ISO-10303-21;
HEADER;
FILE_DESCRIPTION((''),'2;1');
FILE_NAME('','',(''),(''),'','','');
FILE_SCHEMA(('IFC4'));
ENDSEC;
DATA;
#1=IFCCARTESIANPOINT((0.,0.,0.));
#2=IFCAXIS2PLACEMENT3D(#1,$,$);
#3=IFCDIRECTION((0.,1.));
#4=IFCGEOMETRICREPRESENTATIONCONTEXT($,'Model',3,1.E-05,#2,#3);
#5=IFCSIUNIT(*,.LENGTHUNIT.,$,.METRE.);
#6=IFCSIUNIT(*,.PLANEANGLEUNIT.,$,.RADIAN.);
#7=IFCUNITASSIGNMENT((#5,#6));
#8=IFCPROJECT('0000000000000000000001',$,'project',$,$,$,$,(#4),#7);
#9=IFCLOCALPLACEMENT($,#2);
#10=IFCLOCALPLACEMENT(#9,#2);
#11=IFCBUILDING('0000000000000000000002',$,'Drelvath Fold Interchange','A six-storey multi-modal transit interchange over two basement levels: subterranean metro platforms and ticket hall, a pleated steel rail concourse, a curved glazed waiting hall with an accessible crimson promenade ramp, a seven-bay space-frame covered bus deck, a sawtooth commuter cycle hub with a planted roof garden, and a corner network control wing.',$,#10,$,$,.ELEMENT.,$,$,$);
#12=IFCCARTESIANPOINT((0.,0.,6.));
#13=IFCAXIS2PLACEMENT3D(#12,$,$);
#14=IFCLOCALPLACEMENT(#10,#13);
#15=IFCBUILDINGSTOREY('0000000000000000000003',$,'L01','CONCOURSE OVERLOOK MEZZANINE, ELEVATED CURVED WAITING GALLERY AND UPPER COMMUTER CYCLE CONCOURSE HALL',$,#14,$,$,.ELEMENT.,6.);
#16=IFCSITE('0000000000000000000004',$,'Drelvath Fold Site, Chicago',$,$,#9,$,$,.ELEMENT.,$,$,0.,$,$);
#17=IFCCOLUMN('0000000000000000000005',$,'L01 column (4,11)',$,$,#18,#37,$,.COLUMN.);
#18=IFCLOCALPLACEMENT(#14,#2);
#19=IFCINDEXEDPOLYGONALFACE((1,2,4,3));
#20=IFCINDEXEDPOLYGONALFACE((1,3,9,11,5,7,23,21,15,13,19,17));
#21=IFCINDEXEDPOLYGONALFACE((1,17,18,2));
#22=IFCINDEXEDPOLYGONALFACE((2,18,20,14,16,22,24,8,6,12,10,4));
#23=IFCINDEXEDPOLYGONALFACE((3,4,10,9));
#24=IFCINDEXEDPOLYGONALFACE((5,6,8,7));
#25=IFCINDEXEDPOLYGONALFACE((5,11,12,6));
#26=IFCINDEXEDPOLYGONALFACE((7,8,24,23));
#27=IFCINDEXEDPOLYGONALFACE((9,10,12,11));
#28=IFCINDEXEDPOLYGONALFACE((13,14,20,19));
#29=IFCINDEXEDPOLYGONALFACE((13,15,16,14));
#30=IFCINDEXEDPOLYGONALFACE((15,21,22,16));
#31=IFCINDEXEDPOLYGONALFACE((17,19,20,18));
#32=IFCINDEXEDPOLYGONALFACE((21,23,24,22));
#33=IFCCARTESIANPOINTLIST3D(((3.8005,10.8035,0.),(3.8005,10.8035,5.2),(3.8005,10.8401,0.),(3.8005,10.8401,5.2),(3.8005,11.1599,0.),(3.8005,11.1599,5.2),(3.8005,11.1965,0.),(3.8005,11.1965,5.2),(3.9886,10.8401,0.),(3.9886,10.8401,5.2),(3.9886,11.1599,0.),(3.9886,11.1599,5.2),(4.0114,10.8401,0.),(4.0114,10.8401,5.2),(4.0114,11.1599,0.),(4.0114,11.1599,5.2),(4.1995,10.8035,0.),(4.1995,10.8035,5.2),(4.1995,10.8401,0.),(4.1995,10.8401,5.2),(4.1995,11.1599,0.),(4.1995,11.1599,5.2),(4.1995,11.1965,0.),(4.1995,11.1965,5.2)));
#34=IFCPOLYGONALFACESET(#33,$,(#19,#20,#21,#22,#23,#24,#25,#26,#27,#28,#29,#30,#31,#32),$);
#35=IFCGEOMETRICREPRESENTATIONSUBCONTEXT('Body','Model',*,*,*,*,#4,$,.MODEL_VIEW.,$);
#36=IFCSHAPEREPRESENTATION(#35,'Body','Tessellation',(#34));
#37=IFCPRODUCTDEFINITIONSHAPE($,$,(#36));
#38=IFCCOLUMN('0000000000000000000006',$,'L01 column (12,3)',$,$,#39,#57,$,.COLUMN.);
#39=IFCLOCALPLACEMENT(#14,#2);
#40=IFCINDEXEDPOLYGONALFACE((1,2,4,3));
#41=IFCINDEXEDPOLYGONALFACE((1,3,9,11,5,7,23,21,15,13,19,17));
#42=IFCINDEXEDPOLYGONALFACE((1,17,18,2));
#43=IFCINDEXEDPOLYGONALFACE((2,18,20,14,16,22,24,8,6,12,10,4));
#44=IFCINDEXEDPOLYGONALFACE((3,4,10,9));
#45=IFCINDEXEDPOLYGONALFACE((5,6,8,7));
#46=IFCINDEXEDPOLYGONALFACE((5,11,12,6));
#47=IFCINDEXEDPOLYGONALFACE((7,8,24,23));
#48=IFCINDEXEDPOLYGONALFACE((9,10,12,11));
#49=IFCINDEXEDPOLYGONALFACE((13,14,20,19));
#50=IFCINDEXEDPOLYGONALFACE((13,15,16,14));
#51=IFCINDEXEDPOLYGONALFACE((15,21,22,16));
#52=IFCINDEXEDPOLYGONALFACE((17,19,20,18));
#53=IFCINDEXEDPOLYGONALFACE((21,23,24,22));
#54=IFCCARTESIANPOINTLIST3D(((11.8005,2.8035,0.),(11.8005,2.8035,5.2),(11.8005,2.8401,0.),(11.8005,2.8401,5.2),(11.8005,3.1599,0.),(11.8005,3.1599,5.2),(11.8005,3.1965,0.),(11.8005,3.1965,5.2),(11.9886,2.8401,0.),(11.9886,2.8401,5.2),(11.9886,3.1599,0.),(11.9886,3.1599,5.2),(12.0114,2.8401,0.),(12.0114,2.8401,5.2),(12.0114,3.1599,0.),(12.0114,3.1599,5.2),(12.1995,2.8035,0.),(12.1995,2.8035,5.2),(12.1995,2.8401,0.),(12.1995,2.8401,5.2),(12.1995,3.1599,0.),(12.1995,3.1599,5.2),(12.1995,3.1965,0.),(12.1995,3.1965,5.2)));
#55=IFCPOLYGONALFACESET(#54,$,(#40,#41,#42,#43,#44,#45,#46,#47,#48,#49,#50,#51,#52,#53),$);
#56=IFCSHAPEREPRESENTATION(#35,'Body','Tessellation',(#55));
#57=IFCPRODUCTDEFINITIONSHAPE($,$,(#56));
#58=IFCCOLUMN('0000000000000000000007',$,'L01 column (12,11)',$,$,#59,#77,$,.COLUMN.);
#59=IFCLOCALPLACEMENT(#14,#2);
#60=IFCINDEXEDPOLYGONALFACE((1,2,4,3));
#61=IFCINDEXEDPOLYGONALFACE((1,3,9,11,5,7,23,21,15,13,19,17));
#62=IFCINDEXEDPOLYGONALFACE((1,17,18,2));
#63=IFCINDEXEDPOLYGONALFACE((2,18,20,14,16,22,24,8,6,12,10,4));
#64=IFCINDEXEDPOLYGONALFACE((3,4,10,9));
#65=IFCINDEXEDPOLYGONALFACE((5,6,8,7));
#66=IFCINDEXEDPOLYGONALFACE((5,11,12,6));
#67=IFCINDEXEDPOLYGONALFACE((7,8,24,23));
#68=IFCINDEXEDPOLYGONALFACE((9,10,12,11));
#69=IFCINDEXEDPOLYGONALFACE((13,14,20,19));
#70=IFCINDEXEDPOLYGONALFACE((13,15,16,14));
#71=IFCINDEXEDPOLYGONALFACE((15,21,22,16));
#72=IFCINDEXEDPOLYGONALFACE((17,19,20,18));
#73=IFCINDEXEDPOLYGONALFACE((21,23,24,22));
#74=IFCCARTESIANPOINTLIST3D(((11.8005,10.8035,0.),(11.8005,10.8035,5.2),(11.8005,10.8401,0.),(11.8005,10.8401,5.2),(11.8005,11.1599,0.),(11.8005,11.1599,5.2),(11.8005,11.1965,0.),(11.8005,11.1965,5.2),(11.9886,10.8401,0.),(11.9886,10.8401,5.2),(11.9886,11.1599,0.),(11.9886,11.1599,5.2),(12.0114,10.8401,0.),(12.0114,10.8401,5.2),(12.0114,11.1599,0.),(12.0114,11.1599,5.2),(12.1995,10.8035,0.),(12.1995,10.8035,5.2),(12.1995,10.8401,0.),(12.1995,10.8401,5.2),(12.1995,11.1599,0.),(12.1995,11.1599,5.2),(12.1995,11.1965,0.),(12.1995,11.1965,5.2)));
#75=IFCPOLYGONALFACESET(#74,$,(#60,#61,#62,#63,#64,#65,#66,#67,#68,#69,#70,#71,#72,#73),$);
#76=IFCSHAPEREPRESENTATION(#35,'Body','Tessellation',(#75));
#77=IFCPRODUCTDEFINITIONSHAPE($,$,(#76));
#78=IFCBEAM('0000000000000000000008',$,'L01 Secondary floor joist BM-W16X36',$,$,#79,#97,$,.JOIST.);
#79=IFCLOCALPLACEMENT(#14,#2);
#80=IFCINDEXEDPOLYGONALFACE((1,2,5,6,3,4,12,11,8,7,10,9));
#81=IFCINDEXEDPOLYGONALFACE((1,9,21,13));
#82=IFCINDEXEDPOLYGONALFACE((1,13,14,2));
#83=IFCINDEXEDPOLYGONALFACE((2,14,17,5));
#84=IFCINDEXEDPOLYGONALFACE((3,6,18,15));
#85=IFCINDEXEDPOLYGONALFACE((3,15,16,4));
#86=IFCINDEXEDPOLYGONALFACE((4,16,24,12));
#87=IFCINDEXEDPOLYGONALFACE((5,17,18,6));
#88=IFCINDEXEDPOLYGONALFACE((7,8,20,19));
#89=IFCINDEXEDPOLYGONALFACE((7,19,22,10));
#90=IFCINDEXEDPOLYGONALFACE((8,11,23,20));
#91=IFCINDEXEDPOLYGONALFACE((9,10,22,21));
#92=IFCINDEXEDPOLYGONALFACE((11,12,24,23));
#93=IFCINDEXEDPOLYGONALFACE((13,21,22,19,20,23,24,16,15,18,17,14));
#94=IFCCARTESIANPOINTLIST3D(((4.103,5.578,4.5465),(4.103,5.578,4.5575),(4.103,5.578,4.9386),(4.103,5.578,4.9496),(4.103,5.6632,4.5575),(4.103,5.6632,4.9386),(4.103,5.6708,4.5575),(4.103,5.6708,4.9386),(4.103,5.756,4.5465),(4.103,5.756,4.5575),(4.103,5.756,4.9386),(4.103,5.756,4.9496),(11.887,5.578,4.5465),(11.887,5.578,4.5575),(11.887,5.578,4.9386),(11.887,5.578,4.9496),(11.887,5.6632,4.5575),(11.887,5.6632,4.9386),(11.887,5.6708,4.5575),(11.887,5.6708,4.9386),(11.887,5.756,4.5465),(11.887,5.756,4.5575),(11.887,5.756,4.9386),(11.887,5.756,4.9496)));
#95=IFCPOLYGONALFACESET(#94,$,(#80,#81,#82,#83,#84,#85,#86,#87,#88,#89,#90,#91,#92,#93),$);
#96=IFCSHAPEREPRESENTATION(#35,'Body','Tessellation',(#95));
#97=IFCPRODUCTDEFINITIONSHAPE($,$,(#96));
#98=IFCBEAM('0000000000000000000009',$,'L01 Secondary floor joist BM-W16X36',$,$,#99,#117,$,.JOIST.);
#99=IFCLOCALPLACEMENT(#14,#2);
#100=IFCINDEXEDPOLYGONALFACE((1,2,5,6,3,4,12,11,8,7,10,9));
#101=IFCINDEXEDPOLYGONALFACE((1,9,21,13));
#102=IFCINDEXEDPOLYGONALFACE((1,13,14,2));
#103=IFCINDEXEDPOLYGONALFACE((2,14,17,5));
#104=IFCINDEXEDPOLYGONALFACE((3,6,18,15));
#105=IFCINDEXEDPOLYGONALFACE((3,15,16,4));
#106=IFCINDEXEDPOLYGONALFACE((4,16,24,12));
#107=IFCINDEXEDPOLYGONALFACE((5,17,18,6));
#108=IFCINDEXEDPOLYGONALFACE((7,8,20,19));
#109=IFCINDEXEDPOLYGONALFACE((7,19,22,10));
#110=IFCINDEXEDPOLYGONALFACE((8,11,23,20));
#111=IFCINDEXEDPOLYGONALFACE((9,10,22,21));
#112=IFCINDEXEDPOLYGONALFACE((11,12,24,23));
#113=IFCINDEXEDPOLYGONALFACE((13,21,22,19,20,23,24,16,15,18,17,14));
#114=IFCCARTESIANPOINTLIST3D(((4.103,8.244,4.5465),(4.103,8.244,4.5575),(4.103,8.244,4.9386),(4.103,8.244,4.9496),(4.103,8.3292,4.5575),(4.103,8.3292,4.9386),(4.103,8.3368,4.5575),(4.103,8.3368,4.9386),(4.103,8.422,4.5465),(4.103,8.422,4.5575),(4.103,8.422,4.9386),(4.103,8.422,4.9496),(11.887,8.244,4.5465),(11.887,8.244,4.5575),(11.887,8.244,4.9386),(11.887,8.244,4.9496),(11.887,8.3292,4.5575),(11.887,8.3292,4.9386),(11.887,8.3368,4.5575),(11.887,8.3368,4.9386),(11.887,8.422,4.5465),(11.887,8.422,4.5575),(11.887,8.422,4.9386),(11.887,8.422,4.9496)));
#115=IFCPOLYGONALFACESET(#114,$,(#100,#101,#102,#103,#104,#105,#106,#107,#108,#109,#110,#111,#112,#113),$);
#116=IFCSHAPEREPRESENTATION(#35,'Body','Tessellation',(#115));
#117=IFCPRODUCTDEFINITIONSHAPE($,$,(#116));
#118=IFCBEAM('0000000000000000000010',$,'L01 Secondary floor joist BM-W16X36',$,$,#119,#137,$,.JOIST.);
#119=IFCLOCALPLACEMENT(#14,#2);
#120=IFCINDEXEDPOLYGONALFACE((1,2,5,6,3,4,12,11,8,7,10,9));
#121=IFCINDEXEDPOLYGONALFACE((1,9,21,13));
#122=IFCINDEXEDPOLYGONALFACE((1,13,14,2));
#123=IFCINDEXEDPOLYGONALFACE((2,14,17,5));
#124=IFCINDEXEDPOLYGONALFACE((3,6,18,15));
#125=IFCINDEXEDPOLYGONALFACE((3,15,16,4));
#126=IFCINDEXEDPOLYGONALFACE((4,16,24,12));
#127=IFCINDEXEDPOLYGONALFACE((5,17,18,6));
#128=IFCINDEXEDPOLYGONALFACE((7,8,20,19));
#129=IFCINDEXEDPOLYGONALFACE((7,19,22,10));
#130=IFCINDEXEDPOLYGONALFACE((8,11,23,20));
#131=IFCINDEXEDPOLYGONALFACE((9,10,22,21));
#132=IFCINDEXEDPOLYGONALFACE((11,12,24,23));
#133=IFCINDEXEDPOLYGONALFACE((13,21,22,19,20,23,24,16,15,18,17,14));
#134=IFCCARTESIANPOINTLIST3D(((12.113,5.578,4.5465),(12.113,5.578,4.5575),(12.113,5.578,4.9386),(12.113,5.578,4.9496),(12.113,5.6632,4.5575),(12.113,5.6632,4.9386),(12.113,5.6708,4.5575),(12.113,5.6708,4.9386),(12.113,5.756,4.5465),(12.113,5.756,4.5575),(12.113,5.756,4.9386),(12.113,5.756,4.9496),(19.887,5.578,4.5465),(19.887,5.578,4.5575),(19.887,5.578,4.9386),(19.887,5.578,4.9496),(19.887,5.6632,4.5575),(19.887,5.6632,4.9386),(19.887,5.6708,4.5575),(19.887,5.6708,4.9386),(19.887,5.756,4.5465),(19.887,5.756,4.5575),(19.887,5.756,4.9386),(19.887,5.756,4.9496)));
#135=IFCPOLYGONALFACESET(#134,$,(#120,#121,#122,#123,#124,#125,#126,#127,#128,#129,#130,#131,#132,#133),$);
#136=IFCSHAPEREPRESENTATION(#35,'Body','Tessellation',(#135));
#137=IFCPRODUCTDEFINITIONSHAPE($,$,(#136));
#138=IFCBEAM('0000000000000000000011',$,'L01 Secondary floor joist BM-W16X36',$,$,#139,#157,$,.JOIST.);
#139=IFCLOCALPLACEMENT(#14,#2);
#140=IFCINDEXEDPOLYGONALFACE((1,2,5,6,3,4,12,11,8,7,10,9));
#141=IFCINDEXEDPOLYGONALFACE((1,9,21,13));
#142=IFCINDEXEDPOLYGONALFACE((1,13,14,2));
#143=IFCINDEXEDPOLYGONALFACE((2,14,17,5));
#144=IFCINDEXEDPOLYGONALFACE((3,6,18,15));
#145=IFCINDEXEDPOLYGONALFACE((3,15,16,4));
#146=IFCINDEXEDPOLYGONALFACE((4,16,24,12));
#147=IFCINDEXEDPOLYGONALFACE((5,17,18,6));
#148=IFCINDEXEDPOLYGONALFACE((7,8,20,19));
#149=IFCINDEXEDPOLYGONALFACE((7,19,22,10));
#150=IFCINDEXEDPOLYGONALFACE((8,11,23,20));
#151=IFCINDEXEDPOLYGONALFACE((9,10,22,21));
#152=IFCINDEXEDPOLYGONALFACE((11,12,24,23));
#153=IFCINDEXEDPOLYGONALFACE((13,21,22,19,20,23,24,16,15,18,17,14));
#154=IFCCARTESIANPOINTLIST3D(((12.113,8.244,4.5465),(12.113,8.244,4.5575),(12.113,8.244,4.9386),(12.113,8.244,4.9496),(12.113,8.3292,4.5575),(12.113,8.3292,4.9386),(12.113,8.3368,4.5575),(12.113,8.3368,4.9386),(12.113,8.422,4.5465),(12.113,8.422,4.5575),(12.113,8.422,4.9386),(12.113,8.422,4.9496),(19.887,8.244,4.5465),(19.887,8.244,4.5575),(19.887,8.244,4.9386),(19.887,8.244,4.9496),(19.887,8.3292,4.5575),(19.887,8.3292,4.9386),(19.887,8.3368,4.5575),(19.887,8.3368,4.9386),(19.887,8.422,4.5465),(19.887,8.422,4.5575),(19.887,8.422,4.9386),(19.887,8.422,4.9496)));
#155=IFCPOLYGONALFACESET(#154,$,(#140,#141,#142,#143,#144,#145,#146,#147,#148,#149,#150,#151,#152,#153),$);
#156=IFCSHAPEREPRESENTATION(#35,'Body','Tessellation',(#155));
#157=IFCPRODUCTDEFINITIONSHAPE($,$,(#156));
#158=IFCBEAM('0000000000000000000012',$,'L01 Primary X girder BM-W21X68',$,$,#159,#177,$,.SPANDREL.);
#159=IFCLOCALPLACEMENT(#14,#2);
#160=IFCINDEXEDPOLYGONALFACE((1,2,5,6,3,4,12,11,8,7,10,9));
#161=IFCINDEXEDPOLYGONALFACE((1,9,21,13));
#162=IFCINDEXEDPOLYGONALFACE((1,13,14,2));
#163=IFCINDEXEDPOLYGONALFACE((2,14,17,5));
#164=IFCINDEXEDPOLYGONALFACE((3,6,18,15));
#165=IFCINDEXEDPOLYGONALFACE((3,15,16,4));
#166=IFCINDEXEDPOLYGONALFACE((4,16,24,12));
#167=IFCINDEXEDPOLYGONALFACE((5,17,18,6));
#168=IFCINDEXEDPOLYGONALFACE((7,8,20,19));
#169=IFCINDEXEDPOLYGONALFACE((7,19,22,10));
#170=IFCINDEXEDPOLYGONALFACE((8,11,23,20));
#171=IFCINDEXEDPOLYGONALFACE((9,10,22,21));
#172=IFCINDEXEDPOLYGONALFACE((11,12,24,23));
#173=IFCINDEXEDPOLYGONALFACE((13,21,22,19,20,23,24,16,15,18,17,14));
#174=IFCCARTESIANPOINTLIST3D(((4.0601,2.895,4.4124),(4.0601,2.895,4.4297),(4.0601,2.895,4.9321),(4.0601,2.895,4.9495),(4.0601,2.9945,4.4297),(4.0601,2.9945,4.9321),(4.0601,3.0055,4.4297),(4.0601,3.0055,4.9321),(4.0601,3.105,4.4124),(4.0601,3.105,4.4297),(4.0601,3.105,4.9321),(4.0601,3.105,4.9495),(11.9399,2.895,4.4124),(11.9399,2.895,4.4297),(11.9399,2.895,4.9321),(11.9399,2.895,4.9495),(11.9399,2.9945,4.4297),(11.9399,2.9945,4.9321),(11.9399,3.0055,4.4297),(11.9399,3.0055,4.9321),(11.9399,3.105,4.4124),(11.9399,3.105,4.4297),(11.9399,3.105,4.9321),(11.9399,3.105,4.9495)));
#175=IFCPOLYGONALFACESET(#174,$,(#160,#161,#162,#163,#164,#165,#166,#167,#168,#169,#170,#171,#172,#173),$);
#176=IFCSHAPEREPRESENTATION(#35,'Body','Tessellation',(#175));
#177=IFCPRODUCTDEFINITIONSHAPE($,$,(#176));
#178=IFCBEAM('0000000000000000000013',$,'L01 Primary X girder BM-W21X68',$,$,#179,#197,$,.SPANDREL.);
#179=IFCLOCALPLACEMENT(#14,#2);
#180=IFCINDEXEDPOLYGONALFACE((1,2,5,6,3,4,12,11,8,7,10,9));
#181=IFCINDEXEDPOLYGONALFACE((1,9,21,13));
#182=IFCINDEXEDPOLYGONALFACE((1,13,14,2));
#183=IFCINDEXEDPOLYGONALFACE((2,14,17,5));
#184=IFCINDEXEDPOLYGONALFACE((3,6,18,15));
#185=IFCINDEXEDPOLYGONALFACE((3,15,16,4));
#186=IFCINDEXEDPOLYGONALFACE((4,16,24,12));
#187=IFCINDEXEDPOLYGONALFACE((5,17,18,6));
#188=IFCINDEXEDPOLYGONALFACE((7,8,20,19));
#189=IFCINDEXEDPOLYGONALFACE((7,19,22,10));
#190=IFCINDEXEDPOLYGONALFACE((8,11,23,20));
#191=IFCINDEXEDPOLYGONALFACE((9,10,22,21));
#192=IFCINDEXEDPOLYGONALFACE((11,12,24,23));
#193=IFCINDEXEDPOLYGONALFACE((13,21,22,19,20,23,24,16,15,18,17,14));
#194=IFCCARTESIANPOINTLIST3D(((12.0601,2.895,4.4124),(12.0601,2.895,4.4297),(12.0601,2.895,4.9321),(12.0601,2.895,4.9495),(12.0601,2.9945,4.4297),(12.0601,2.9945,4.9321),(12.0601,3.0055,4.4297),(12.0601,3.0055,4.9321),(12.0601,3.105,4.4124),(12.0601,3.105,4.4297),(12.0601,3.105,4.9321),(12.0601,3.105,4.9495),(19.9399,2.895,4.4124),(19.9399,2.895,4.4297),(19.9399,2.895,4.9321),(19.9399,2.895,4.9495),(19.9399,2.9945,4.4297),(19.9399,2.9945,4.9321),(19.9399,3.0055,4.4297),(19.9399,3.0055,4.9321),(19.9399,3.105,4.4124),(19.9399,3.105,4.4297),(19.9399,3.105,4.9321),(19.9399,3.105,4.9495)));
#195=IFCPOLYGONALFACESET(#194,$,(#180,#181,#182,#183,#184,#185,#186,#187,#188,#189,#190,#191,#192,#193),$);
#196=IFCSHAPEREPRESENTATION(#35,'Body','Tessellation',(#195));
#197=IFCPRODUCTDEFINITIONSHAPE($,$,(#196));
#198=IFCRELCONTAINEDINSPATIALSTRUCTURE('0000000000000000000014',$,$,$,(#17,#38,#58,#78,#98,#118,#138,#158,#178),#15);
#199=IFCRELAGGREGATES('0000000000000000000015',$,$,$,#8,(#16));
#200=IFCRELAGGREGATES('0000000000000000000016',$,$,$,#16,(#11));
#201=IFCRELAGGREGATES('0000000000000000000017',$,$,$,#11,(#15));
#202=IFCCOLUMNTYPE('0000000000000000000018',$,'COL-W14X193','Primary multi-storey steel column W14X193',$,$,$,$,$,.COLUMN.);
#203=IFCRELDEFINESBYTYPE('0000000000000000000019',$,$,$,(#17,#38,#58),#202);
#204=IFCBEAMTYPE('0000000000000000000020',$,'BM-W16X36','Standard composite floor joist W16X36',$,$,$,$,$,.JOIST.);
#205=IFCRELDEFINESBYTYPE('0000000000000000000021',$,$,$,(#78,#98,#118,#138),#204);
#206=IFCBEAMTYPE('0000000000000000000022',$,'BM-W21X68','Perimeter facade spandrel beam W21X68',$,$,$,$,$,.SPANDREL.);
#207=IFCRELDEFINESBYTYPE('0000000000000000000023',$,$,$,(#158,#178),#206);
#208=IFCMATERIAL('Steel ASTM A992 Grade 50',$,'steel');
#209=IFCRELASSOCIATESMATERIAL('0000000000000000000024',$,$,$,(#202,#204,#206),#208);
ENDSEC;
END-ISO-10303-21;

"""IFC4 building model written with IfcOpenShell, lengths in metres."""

from ifc_helpers import new_model, si_unit, direction, frame, origin, origin_2d, place, context, subcontext, project, spatial, i_section, extrude, material, material_profile, profile_set, type_object, element, save


model = new_model("IFC4")

# Units and contexts
model_context = context("Model", 3, precision=1e-05, world=origin(), true_north=direction((0.0, 1.0)))
body_context = subcontext(model_context, "Body", "Model", "MODEL_VIEW")
ifc_project = project(units=[si_unit("LENGTHUNIT", "METRE"), si_unit("PLANEANGLEUNIT", "RADIAN")], contexts=[model_context])

# Site, building, storey
site_placement = place(None, origin())
site = spatial("IfcSite", under=ifc_project, at=site_placement, Name="Drelvath Fold Site, Chicago", CompositionType="ELEMENT", RefElevation=0.0)
building_placement = place(site_placement, origin())
building = spatial("IfcBuilding", under=site, at=building_placement, Name="Drelvath Fold Interchange", Description="A six-storey multi-modal transit interchange over two basement levels: subterranean metro platforms and ticket hall, a pleated steel rail concourse, a curved glazed waiting hall with an accessible crimson promenade ramp, a seven-bay space-frame covered bus deck, a sawtooth commuter cycle hub with a planted roof garden, and a corner network control wing.", CompositionType="ELEMENT")
storey_placement = place(building_placement, frame((0.0, 0.0, 6.0)))
storey = spatial("IfcBuildingStorey", under=building, at=storey_placement, Name="L01", Description="CONCOURSE OVERLOOK MEZZANINE, ELEVATED CURVED WAITING GALLERY AND UPPER COMMUTER CYCLE CONCOURSE HALL", CompositionType="ELEMENT", Elevation=6.0)

# Columns
ifc_material_1 = material(Name="Steel ASTM A992 Grade 50", Category="steel")
ifc_material_profile_1 = material_profile(ifc_material_1, i_section(OverallWidth=0.3989, OverallDepth=0.3931, WebThickness=0.0227, FlangeThickness=0.0366, at=origin_2d()), Name="W14X193")
ifc_profile_set_1 = profile_set([ifc_material_profile_1], Name="Steel ASTM A992 Grade 50")
column_type = type_object("IfcColumnType", Name="COL-W14X193", Description="Primary multi-storey steel column W14X193", PredefinedType="COLUMN", material=ifc_profile_set_1)
for number, where, z_axis, x_axis, name in (
    (1, (4.0, 11.0, 0.0), (0.0, 0.0, 1.0), (1.0, 0.0, 0.0), "L01 column (4,11)"),
    (2, (12.0, 3.0, 0.0), (0.0, 0.0, 1.0), (1.0, 0.0, 0.0), "L01 column (12,3)"),
    (3, (12.0, 11.0, 0.0), (0.0, 0.0, 1.0), (1.0, 0.0, 0.0), "L01 column (12,11)"),
):
    element("IfcColumn", number, at=place(storey_placement, frame(where, z_axis=z_axis, x_axis=x_axis)), inside=storey, type_object=column_type, Name=name, PredefinedType="COLUMN", context=body_context, shape_type="SweptSolid", body=[
        extrude(i_section(OverallWidth=0.3989, OverallDepth=0.3931, WebThickness=0.0227, FlangeThickness=0.0366, at=origin_2d()), origin(), (0.0, 0.0, 1.0), 5.2),
    ])

# Beams
ifc_material_profile_2 = material_profile(ifc_material_1, i_section(OverallWidth=0.178, OverallDepth=0.4031, WebThickness=0.0076, FlangeThickness=0.011, at=origin_2d()), Name="W16X36")
ifc_profile_set_2 = profile_set([ifc_material_profile_2], Name="Steel ASTM A992 Grade 50")
beam_type_1 = type_object("IfcBeamType", Name="BM-W16X36", Description="Standard composite floor joist W16X36", PredefinedType="JOIST", material=ifc_profile_set_2)
for number, where, z_axis, x_axis, name in (
    (4, (4.103, 5.667, 4.748), (1.0, 0.0, 0.0), (0.0, 1.0, 0.0), "L01 Secondary floor joist BM-W16X36"),
    (5, (4.103, 8.333, 4.748), (1.0, 0.0, 0.0), (0.0, 1.0, 0.0), "L01 Secondary floor joist BM-W16X36"),
):
    element("IfcBeam", number, at=place(storey_placement, frame(where, z_axis=z_axis, x_axis=x_axis)), inside=storey, type_object=beam_type_1, Name=name, PredefinedType="JOIST", context=body_context, shape_type="SweptSolid", body=[
        extrude(i_section(OverallWidth=0.178, OverallDepth=0.4031, WebThickness=0.0076, FlangeThickness=0.011, at=origin_2d()), origin(), (0.0, 0.0, 1.0), 7.7839),
    ])
for number, where, z_axis, x_axis, name in (
    (6, (12.113, 5.667, 4.748), (1.0, 0.0, 0.0), (0.0, 1.0, 0.0), "L01 Secondary floor joist BM-W16X36"),
    (7, (12.113, 8.333, 4.748), (1.0, 0.0, 0.0), (0.0, 1.0, 0.0), "L01 Secondary floor joist BM-W16X36"),
):
    element("IfcBeam", number, at=place(storey_placement, frame(where, z_axis=z_axis, x_axis=x_axis)), inside=storey, type_object=beam_type_1, Name=name, PredefinedType="JOIST", context=body_context, shape_type="SweptSolid", body=[
        extrude(i_section(OverallWidth=0.178, OverallDepth=0.4031, WebThickness=0.0076, FlangeThickness=0.011, at=origin_2d()), origin(), (0.0, 0.0, 1.0), 7.7739),
    ])
ifc_material_profile_3 = material_profile(ifc_material_1, i_section(OverallWidth=0.21, OverallDepth=0.5371, WebThickness=0.011, FlangeThickness=0.0173, at=origin_2d()), Name="W21X68")
ifc_profile_set_3 = profile_set([ifc_material_profile_3], Name="Steel ASTM A992 Grade 50")
beam_type_2 = type_object("IfcBeamType", Name="BM-W21X68", Description="Perimeter facade spandrel beam W21X68", PredefinedType="SPANDREL", material=ifc_profile_set_3)
for number, where, z_axis, x_axis, name in (
    (8, (4.0601, 3.0, 4.6809), (1.0, 0.0, 0.0), (0.0, 1.0, 0.0), "L01 Primary X girder BM-W21X68"),
    (9, (12.0601, 3.0, 4.6809), (1.0, 0.0, 0.0), (0.0, 1.0, 0.0), "L01 Primary X girder BM-W21X68"),
):
    element("IfcBeam", number, at=place(storey_placement, frame(where, z_axis=z_axis, x_axis=x_axis)), inside=storey, type_object=beam_type_2, Name=name, PredefinedType="SPANDREL", context=body_context, shape_type="SweptSolid", body=[
        extrude(i_section(OverallWidth=0.21, OverallDepth=0.5371, WebThickness=0.011, FlangeThickness=0.0173, at=origin_2d()), origin(), (0.0, 0.0, 1.0), 7.8799),
    ])

save(model, "model.ifc")
